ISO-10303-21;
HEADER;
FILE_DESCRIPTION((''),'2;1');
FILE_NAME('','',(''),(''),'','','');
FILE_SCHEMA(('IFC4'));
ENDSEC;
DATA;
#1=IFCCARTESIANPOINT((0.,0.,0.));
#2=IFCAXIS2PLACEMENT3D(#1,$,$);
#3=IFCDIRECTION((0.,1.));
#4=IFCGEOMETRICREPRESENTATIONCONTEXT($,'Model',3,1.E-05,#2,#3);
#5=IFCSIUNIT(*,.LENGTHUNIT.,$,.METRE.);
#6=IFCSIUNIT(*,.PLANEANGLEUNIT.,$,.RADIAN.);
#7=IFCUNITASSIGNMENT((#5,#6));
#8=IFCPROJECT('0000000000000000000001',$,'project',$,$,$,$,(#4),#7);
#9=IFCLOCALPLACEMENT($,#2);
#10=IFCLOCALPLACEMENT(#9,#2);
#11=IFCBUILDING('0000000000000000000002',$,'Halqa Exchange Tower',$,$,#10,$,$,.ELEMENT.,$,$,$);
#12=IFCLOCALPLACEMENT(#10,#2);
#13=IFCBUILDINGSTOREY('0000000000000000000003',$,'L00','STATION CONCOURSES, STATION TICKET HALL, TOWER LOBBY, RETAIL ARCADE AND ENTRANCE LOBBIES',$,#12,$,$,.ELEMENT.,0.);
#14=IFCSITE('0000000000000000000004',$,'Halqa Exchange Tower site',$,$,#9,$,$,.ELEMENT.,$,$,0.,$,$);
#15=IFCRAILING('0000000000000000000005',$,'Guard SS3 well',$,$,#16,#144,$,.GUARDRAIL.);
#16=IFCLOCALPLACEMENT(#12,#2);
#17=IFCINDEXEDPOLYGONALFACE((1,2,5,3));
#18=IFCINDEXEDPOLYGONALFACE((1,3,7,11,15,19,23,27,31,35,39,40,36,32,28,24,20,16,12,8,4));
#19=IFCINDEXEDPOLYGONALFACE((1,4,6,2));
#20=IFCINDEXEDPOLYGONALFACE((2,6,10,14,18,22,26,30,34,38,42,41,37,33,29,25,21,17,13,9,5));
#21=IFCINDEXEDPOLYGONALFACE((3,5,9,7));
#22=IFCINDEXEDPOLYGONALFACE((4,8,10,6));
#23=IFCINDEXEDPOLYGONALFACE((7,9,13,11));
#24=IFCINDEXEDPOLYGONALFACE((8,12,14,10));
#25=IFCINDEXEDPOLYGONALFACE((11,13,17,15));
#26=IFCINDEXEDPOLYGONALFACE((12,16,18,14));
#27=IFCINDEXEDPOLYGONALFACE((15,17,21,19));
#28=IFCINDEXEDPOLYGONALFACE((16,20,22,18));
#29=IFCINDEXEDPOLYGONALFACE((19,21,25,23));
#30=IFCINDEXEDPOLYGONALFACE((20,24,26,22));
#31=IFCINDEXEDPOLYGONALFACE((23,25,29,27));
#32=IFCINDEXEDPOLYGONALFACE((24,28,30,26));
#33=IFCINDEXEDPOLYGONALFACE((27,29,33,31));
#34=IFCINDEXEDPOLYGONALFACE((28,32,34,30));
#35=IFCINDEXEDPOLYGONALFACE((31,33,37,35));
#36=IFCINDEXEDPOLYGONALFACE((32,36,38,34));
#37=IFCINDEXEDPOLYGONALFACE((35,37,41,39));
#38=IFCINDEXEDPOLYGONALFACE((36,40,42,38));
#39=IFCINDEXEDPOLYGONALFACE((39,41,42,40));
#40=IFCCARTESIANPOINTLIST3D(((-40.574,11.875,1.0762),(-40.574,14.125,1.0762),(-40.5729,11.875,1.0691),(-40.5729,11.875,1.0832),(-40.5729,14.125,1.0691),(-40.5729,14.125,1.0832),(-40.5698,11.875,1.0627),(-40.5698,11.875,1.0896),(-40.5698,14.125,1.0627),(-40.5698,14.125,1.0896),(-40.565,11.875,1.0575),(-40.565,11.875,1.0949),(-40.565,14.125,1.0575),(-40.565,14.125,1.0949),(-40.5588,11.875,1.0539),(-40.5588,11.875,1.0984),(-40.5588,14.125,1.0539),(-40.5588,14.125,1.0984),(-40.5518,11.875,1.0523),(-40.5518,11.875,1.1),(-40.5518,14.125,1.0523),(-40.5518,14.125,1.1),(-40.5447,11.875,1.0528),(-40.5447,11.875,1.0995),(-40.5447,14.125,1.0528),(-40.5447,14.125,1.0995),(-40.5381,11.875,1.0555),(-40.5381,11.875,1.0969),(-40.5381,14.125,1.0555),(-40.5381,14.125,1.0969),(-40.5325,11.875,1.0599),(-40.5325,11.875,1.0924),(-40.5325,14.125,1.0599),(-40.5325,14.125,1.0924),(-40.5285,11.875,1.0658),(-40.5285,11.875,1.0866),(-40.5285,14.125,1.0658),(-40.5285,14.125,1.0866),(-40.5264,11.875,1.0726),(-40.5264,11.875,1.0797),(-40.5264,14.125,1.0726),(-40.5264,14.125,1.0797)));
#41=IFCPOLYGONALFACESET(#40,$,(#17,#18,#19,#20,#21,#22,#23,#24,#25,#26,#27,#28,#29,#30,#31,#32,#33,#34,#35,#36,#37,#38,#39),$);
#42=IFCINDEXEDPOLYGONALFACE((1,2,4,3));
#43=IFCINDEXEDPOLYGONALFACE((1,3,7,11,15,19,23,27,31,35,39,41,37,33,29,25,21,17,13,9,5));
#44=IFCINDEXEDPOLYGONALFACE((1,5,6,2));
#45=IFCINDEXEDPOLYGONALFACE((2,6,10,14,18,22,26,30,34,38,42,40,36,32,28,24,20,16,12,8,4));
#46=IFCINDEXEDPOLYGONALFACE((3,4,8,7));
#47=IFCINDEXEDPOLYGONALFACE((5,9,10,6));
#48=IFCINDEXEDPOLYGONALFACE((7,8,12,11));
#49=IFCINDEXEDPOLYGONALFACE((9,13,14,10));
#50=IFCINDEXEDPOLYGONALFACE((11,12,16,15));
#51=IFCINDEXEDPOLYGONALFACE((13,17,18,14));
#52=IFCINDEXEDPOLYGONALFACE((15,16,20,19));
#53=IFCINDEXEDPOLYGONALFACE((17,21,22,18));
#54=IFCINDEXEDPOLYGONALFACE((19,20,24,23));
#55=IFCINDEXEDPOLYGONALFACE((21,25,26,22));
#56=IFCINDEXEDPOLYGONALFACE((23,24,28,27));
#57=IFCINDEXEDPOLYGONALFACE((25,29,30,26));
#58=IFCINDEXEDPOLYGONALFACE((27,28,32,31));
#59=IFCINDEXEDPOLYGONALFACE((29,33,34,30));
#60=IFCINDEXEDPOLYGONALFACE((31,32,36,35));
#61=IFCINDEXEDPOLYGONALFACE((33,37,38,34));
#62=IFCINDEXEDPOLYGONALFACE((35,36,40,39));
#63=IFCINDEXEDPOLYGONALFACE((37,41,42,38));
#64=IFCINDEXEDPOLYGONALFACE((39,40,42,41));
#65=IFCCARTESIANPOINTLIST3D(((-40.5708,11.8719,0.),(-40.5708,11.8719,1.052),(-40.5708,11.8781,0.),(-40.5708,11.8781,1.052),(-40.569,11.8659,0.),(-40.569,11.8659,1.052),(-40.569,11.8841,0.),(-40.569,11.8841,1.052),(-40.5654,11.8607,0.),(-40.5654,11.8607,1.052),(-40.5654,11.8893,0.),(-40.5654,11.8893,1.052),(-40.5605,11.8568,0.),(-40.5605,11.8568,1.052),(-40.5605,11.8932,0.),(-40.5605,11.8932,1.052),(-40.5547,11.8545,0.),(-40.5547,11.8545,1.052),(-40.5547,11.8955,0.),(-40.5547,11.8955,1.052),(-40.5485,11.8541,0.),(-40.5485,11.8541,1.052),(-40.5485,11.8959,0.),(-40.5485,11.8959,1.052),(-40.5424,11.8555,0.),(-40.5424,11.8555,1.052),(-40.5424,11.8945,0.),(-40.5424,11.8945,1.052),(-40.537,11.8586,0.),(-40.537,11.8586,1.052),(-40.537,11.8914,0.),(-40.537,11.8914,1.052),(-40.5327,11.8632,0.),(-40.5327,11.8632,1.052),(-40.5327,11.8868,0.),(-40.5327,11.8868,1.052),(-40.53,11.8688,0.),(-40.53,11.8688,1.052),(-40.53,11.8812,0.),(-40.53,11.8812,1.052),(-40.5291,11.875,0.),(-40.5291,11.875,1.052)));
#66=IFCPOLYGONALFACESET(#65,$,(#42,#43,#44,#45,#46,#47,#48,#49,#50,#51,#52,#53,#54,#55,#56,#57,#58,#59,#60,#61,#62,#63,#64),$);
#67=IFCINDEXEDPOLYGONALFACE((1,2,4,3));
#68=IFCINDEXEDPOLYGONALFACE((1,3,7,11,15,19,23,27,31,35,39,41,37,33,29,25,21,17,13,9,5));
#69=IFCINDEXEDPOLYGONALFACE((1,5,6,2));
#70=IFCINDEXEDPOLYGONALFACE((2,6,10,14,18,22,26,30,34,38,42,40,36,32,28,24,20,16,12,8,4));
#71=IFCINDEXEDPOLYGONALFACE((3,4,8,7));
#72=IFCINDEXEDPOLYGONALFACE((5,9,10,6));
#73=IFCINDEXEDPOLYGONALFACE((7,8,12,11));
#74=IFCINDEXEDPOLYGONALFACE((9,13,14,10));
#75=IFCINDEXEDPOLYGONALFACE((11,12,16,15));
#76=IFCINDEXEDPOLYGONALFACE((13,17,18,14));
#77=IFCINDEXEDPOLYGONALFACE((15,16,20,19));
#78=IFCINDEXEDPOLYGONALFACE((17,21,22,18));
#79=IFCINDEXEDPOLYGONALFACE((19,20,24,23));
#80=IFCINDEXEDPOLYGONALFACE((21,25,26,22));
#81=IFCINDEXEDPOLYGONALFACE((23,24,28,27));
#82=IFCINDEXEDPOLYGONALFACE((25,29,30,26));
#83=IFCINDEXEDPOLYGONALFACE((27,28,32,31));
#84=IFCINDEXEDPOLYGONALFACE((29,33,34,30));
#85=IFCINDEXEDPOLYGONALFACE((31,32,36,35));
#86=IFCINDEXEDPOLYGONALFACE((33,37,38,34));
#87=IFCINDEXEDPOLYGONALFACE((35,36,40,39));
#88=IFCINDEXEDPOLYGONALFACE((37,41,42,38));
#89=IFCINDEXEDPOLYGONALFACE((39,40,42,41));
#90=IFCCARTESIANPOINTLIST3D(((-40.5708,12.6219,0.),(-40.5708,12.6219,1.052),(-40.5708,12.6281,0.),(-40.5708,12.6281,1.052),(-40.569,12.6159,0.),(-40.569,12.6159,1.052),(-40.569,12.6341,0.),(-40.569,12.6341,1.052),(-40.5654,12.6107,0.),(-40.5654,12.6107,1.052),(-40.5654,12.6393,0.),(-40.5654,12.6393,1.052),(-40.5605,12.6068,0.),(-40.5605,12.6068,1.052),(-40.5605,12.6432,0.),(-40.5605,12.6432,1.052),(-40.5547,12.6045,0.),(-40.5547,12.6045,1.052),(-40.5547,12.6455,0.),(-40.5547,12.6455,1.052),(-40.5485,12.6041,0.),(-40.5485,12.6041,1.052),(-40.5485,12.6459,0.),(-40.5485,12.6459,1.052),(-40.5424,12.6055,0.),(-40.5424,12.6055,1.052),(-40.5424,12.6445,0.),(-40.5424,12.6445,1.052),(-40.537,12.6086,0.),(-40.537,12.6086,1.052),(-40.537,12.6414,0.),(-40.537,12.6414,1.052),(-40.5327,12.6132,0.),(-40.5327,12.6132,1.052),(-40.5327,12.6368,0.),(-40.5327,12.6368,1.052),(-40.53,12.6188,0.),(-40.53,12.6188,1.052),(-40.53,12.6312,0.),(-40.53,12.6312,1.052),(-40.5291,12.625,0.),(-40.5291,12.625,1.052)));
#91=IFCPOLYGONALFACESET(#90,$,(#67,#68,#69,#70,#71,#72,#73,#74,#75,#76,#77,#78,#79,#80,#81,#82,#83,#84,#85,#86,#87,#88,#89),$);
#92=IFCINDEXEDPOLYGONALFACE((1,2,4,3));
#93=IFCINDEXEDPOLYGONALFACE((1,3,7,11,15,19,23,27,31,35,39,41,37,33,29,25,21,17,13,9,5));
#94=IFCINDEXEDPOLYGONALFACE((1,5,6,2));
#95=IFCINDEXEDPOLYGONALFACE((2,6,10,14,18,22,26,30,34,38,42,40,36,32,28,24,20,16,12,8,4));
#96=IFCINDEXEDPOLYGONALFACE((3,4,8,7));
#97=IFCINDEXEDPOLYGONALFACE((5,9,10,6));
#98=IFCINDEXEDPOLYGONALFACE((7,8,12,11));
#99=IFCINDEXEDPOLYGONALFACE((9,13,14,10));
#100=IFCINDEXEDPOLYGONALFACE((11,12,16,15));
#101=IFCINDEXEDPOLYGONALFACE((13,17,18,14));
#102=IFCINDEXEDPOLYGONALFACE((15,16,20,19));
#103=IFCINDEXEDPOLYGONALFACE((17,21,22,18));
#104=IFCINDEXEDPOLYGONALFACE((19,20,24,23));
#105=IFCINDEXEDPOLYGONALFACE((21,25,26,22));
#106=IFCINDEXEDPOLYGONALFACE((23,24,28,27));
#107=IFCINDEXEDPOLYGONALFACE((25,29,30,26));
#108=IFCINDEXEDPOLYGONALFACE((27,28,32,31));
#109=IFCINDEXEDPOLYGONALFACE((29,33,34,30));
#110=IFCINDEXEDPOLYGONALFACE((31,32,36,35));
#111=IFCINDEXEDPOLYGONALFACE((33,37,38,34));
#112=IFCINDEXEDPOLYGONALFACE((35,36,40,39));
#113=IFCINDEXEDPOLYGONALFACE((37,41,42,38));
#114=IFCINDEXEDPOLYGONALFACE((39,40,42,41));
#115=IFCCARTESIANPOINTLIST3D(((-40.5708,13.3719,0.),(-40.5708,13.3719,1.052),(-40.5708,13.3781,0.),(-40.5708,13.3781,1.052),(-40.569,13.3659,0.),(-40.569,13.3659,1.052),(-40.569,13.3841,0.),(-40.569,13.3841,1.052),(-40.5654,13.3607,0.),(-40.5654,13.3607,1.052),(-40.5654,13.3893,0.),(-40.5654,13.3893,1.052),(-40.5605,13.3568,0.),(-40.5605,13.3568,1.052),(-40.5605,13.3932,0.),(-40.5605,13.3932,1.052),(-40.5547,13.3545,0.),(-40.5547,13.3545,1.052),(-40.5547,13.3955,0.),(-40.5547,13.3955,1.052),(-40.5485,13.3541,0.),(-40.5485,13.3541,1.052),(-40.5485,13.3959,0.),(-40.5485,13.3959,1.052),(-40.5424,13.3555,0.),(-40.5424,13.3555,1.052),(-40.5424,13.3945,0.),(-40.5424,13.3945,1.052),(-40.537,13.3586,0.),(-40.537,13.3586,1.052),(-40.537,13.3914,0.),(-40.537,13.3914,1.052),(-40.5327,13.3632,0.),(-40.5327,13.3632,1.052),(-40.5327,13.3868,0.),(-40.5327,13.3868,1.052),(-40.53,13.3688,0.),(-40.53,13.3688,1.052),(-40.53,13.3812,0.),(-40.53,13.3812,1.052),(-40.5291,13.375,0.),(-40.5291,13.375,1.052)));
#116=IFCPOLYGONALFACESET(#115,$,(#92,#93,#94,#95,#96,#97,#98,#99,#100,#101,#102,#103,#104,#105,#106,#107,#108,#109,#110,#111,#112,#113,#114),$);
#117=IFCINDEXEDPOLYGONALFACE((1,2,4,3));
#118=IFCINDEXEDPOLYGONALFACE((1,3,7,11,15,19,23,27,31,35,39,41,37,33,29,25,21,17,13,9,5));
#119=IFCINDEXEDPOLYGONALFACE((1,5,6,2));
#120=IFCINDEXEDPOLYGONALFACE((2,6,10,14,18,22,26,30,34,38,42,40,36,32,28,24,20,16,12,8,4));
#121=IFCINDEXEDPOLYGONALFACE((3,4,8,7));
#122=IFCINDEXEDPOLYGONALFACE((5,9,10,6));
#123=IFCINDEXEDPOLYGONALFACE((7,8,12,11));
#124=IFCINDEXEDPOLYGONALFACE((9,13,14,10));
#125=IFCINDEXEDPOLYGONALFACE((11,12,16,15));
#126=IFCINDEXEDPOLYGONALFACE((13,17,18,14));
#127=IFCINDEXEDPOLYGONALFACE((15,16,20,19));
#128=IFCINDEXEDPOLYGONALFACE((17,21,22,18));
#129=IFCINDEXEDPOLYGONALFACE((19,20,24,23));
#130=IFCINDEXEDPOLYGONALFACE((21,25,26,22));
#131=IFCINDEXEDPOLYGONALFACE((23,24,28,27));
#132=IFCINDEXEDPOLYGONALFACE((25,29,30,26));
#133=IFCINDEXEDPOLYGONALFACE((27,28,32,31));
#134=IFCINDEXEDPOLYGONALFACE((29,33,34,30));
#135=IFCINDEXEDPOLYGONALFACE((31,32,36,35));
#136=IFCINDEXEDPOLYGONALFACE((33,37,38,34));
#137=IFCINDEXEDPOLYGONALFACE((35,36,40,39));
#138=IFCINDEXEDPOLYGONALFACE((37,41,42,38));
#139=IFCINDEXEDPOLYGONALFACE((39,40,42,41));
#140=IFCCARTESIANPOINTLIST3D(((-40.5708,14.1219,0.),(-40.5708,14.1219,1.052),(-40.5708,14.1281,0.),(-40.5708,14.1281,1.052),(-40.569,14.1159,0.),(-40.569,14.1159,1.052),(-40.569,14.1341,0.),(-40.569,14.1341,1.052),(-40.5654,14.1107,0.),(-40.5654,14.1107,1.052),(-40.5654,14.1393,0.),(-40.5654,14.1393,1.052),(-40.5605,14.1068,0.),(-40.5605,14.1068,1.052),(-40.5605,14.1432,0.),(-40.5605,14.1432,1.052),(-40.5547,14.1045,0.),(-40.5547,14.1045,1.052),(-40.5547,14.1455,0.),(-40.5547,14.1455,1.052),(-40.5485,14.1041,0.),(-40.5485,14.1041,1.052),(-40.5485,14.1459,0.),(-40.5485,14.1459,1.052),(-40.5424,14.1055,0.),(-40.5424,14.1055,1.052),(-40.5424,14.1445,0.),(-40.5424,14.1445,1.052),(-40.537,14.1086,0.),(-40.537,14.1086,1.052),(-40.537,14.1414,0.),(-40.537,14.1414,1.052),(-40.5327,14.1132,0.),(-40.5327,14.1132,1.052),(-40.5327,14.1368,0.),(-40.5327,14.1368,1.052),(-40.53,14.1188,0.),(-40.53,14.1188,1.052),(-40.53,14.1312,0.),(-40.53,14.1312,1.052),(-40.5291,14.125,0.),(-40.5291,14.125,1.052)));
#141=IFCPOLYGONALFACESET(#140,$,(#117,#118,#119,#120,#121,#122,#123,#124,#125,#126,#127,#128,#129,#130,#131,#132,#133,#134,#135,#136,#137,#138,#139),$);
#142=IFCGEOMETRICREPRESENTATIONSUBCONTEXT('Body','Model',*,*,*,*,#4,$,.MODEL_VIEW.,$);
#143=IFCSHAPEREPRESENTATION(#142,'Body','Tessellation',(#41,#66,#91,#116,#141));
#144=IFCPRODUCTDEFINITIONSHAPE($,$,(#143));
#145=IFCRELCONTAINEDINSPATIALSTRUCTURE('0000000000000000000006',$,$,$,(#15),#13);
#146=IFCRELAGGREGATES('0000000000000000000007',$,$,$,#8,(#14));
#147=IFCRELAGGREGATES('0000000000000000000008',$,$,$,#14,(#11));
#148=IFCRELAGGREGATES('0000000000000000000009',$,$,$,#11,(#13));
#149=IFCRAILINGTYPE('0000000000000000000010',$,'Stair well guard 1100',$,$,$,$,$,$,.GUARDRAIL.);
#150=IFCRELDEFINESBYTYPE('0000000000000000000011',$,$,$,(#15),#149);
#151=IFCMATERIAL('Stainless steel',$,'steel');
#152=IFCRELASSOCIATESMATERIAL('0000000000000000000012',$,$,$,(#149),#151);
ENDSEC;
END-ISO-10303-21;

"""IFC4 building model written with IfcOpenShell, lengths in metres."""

from ifc_helpers import new_model, si_unit, direction, frame, origin, origin_2d, place, context, subcontext, project, spatial, circle, extrude, material, type_object, element, save


model = new_model("IFC4")

# Units and contexts
model_context = context("Model", 3, precision=1e-05, world=origin(), true_north=direction((0.0, 1.0)))
body_context = subcontext(model_context, "Body", "Model", "MODEL_VIEW")
ifc_project = project(units=[si_unit("LENGTHUNIT", "METRE"), si_unit("PLANEANGLEUNIT", "RADIAN")], contexts=[model_context])

# Site, building, storey
site_placement = place(None, origin())
site = spatial("IfcSite", under=ifc_project, at=site_placement, Name="Halqa Exchange Tower site", CompositionType="ELEMENT", RefElevation=0.0)
building_placement = place(site_placement, origin())
building = spatial("IfcBuilding", under=site, at=building_placement, Name="Halqa Exchange Tower", CompositionType="ELEMENT")
storey_placement = place(building_placement, origin())
storey = spatial("IfcBuildingStorey", under=building, at=storey_placement, Name="L00", Description="STATION CONCOURSES, STATION TICKET HALL, TOWER LOBBY, RETAIL ARCADE AND ENTRANCE LOBBIES", CompositionType="ELEMENT", Elevation=0.0)

# Railing
ifc_material_1 = material(Name="Stainless steel", Category="steel")
railing_type = type_object("IfcRailingType", Name="Stair well guard 1100", PredefinedType="GUARDRAIL", material=ifc_material_1)
railing_placement = place(storey_placement, frame((-40.55, 11.875, 0.0)))
element("IfcRailing", 1, at=railing_placement, inside=storey, type_object=railing_type, Name="Guard SS3 well", PredefinedType="GUARDRAIL", context=body_context, shape_type="SweptSolid", body=[
    extrude(circle(Radius=0.0239, at=origin_2d()), frame((0.0, 0.0, 1.0762), z_axis=(0.0, 1.0, 0.0), x_axis=(-1.0, 0.0, 0.0)), (0.0, 0.0, 1.0), 2.25),
    extrude(circle(Radius=0.021, at=origin_2d()), origin(), (0.0, 0.0, 1.0), 1.052),
    extrude(circle(Radius=0.021, at=origin_2d()), frame((0.0, 0.75, 0.0)), (0.0, 0.0, 1.0), 1.052),
    extrude(circle(Radius=0.021, at=origin_2d()), frame((0.0, 1.5, 0.0)), (0.0, 0.0, 1.0), 1.052),
    extrude(circle(Radius=0.021, at=origin_2d()), frame((0.0, 2.25, 0.0)), (0.0, 0.0, 1.0), 1.052),
])

save(model, "model.ifc")
